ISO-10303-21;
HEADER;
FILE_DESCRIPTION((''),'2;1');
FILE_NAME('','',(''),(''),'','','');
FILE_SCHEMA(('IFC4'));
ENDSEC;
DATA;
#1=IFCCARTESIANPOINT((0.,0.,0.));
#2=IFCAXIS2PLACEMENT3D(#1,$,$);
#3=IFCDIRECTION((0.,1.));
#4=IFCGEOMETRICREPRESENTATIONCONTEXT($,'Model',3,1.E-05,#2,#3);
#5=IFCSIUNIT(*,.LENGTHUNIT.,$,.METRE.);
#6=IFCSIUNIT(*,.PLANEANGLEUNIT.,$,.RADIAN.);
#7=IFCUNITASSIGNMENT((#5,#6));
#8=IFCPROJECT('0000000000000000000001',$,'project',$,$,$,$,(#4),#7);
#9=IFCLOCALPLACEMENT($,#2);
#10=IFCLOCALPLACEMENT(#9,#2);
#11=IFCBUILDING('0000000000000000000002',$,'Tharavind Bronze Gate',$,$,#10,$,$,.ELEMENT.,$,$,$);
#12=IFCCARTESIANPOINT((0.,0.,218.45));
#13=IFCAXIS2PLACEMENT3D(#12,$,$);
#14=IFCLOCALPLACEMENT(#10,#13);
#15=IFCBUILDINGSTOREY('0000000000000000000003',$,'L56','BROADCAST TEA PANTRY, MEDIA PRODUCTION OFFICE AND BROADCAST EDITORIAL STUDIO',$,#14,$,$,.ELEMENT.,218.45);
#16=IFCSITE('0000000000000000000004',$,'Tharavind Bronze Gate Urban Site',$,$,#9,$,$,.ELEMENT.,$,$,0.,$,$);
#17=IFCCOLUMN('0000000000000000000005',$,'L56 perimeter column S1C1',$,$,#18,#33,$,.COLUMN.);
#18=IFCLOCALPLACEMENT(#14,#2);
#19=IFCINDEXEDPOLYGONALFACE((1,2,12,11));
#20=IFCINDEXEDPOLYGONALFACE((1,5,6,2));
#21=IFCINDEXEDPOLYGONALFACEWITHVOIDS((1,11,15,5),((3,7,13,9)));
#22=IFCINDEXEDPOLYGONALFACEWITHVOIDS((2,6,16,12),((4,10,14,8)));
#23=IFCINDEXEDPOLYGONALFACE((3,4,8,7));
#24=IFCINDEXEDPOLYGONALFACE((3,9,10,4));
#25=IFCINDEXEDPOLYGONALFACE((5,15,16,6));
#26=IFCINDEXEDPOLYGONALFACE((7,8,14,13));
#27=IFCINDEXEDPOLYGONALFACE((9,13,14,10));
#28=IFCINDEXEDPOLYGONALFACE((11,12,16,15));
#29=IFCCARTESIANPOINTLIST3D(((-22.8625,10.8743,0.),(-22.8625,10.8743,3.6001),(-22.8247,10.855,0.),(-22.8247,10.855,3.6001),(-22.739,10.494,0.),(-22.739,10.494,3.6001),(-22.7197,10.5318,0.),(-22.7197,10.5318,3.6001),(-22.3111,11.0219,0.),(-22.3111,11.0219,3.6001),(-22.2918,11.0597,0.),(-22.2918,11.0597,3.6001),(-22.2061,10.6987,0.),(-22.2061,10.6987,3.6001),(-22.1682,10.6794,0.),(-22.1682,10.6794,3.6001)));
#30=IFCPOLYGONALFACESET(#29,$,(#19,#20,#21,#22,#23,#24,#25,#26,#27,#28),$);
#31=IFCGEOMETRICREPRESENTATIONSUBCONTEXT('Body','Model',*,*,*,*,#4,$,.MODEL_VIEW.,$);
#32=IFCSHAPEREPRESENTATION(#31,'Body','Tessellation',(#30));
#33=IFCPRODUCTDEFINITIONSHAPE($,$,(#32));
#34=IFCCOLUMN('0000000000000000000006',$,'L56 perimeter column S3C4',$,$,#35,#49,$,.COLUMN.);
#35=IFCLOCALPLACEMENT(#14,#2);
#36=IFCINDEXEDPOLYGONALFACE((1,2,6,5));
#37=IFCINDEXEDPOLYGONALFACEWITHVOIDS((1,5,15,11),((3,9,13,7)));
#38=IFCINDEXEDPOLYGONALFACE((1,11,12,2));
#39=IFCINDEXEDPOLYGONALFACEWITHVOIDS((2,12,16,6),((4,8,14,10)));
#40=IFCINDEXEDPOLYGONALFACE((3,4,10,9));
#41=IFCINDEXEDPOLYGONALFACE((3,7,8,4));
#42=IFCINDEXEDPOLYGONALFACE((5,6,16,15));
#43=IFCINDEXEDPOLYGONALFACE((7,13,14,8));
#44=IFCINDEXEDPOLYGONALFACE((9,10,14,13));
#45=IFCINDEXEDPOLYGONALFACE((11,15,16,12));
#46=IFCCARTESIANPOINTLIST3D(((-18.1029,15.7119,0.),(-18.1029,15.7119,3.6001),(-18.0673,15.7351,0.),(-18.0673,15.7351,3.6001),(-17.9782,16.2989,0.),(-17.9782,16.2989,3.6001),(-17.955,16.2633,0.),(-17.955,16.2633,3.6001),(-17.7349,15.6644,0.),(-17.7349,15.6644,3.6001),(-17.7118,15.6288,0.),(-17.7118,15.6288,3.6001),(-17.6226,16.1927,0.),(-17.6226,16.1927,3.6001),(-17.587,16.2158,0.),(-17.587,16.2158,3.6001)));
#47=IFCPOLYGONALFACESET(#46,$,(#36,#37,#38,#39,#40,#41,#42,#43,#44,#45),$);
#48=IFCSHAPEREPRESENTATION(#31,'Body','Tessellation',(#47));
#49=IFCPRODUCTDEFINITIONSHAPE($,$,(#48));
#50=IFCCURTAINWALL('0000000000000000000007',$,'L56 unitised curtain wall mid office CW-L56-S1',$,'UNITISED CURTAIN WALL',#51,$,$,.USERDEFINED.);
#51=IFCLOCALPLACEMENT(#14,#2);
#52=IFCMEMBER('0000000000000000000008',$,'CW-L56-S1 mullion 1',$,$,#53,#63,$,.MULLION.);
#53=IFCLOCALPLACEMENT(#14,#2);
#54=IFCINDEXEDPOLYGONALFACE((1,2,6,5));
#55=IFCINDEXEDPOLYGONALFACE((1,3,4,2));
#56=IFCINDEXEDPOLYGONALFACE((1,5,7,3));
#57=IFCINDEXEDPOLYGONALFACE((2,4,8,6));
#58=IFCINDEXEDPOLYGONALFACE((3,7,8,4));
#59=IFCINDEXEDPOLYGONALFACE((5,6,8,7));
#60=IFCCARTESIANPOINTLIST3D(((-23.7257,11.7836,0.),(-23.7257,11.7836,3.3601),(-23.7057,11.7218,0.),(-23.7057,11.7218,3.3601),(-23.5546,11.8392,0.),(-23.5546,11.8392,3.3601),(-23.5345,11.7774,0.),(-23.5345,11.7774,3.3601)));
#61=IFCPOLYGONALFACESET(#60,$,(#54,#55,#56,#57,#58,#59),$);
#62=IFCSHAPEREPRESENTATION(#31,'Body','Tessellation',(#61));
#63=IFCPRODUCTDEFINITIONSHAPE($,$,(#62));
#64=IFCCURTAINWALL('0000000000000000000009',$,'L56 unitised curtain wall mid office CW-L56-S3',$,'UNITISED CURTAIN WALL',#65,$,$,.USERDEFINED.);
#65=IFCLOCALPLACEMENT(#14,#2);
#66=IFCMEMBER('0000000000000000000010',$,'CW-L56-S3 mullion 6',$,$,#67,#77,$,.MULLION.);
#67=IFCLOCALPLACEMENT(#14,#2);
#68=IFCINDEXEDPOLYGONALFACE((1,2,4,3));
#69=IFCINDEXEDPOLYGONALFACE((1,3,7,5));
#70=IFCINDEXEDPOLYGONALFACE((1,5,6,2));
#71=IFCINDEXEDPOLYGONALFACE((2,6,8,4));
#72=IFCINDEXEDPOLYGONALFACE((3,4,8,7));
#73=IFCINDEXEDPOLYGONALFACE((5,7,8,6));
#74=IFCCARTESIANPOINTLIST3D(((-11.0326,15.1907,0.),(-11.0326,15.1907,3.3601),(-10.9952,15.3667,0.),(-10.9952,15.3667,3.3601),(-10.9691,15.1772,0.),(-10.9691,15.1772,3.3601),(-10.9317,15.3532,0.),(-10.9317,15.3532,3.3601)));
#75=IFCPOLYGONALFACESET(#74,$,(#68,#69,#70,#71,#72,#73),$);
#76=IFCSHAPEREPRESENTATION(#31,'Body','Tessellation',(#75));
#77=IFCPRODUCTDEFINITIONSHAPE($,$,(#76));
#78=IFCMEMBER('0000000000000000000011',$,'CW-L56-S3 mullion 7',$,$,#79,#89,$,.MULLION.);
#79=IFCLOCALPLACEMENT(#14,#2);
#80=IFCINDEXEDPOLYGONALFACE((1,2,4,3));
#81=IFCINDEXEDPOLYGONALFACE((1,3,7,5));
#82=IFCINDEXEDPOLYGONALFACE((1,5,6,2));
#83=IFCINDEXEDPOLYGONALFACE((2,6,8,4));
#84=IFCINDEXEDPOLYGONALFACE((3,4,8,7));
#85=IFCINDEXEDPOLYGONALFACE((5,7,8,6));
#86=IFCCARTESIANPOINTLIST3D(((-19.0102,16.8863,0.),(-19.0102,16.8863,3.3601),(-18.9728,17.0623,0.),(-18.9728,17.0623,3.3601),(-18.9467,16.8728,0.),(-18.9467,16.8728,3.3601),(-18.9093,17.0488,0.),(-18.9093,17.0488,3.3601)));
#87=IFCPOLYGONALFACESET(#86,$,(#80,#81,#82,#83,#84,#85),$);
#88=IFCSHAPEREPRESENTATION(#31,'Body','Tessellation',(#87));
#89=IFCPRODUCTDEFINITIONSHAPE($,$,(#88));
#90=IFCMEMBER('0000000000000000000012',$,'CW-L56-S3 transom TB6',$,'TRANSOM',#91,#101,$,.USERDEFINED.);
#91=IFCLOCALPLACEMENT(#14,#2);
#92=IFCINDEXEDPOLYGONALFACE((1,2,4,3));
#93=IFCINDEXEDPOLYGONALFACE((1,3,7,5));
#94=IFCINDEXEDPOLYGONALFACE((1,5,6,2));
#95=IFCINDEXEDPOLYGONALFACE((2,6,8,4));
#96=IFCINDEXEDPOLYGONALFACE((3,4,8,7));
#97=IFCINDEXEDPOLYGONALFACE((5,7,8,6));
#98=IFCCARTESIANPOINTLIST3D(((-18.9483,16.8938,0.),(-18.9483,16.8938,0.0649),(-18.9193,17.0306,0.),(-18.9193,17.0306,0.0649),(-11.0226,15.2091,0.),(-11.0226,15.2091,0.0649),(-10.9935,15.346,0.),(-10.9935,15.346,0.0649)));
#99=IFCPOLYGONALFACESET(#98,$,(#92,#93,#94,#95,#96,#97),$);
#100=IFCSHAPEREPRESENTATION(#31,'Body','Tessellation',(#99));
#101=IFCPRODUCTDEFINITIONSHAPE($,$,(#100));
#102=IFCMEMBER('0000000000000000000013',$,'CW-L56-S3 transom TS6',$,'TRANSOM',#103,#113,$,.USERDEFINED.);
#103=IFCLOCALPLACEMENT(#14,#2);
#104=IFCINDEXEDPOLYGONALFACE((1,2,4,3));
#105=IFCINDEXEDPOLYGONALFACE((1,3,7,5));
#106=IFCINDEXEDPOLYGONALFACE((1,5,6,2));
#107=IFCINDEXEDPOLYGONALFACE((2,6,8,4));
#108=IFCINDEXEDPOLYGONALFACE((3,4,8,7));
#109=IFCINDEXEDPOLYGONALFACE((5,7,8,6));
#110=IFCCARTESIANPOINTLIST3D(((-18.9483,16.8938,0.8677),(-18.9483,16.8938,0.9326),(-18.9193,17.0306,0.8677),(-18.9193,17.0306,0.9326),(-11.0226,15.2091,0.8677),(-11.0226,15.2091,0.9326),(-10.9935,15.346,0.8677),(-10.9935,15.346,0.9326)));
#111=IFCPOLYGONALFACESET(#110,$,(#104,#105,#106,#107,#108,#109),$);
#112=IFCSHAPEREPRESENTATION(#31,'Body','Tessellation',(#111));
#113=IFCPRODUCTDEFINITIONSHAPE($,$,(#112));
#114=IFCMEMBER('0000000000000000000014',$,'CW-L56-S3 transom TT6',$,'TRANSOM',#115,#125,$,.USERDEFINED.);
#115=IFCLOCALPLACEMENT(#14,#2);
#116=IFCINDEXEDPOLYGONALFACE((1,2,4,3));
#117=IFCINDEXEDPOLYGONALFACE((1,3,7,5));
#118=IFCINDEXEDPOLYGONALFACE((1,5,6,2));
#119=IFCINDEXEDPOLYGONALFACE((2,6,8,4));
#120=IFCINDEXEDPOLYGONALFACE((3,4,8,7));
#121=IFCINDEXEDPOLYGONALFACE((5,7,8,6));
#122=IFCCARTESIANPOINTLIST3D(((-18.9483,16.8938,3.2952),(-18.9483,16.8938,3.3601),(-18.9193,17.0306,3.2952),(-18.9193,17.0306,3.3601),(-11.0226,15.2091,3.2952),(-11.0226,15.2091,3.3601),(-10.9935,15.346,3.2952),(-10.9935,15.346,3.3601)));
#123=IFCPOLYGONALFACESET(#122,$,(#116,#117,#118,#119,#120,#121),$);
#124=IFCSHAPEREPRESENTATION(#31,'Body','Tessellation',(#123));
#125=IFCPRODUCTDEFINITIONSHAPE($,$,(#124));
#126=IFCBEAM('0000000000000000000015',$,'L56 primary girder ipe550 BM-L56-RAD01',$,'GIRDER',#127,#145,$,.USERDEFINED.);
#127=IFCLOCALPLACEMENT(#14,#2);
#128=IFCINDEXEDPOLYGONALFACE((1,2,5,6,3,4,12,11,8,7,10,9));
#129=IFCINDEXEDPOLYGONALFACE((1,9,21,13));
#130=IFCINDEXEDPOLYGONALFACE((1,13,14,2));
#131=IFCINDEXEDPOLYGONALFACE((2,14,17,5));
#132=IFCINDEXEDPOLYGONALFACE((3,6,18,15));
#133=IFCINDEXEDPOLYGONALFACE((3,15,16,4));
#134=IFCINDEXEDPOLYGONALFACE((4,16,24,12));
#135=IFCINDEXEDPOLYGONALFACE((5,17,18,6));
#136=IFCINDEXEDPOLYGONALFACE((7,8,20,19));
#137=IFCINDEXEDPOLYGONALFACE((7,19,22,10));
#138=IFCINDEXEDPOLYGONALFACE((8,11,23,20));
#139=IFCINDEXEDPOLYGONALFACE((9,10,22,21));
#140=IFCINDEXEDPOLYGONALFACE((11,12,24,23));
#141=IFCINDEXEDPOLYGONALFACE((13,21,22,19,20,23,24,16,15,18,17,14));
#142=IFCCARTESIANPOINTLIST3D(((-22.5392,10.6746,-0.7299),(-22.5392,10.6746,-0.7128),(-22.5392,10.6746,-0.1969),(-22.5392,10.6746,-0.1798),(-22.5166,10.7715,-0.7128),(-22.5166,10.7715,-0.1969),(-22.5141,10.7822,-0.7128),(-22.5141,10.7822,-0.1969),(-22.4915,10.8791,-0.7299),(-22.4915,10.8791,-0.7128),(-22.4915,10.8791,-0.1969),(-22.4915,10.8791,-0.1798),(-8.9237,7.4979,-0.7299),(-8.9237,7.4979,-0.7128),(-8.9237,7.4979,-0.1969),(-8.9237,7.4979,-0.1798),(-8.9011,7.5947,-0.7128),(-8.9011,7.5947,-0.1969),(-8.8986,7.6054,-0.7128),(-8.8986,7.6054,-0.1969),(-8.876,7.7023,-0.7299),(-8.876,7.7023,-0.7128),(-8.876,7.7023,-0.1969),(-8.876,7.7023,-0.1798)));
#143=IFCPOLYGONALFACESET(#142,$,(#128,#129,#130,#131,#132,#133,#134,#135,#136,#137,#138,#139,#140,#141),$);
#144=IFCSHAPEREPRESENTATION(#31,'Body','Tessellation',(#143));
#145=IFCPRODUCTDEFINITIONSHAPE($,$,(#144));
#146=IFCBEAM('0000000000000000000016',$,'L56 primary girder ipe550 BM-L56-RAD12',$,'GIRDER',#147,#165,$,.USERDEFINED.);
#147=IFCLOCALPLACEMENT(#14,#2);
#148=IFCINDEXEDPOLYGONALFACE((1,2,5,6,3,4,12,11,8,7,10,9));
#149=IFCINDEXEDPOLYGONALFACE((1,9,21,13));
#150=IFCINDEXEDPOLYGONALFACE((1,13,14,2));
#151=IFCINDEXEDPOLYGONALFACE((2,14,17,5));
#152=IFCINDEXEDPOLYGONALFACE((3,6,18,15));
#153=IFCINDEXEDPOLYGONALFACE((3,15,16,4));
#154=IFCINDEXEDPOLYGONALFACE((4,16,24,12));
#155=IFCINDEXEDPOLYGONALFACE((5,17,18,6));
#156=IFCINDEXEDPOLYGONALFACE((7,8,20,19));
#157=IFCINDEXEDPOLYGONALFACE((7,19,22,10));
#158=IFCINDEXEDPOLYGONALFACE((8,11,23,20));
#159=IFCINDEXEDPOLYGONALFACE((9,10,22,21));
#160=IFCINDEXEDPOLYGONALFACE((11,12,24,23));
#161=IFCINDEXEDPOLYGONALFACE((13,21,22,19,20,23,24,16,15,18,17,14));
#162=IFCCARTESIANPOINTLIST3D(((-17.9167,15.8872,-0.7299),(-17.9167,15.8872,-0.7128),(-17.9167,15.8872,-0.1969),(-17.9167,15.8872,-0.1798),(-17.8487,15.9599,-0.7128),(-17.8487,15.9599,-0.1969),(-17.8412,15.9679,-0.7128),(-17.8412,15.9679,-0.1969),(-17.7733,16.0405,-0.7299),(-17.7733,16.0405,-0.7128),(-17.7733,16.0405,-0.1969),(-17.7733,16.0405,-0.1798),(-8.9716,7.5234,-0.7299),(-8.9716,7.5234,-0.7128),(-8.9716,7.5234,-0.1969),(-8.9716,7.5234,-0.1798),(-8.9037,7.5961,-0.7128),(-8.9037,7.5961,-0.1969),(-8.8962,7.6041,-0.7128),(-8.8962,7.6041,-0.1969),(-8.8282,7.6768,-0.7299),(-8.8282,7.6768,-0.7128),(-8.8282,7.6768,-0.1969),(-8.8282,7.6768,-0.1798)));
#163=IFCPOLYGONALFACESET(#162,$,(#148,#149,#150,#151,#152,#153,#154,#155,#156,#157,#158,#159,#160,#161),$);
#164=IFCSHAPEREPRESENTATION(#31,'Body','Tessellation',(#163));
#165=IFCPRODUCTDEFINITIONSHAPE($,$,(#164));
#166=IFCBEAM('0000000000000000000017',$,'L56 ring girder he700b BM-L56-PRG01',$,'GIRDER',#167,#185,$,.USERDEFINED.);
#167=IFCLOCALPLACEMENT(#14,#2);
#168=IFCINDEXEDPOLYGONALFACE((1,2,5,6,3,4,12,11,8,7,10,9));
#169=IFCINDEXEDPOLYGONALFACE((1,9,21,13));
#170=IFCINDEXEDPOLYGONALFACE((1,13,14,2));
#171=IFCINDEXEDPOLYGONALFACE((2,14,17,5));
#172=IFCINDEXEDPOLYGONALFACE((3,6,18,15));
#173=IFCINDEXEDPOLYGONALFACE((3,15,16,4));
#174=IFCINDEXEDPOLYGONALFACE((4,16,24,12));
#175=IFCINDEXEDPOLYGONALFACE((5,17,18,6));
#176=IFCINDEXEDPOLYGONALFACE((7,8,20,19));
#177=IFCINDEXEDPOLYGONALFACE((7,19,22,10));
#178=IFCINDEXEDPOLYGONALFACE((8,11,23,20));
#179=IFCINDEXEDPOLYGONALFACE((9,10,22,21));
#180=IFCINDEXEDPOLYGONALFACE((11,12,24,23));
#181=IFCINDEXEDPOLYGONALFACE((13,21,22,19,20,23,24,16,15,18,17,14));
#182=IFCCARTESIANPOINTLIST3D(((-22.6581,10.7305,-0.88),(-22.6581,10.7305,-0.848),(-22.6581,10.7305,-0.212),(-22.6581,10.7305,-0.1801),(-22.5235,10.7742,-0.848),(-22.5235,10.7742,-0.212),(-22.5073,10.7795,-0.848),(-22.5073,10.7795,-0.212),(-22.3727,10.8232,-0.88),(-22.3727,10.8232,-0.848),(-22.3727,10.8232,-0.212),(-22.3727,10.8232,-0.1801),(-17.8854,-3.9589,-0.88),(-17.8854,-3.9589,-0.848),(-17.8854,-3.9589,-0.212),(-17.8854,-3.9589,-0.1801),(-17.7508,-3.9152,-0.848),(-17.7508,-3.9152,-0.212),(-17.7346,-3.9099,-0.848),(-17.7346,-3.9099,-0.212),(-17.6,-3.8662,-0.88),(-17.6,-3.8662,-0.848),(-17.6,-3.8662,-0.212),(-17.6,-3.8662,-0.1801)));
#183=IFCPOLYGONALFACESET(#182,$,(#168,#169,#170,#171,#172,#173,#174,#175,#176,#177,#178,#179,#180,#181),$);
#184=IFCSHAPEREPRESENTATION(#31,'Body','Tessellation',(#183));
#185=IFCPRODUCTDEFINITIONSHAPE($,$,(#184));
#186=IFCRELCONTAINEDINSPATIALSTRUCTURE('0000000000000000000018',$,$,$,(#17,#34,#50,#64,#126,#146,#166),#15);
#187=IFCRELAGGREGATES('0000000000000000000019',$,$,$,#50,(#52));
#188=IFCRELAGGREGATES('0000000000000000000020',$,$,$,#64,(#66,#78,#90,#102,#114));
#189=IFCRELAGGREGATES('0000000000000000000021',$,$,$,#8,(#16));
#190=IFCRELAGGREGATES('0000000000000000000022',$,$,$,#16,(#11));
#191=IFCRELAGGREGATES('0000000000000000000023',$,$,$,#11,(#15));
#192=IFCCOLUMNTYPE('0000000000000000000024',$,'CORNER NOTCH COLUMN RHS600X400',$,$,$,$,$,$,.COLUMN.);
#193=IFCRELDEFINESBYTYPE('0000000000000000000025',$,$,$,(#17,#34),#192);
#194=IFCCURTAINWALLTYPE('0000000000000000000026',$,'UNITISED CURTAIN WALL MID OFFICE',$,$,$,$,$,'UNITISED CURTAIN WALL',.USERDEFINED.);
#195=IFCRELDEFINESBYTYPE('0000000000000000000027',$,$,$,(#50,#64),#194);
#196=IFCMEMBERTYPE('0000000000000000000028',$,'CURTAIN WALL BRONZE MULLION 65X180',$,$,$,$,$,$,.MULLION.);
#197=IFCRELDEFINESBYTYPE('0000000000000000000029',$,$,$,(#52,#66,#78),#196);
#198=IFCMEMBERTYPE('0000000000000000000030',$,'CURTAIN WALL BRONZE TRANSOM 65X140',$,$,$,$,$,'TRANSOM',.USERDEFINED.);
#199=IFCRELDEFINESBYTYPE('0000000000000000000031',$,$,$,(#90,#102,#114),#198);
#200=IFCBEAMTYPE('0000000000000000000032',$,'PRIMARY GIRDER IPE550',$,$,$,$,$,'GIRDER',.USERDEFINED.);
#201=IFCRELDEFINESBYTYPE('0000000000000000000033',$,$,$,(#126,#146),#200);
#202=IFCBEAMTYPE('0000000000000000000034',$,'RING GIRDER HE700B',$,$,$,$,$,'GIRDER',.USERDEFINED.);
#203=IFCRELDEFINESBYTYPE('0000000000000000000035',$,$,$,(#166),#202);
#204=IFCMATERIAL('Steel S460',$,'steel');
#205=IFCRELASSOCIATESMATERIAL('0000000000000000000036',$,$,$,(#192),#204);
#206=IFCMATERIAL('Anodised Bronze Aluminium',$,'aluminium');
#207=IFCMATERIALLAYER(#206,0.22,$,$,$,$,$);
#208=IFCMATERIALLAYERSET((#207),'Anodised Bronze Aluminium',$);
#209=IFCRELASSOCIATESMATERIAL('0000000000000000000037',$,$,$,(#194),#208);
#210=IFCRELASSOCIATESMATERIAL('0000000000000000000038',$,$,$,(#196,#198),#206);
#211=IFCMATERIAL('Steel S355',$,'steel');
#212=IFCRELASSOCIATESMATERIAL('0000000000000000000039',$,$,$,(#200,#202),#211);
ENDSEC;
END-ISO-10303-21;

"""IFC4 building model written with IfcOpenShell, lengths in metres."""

from ifc_helpers import new_model, si_unit, direction, frame, origin, origin_2d, place, context, subcontext, project, spatial, rectangle, hollow_rectangle, i_section, extrude, material, layer, layer_set, material_profile, profile_set, type_object, element, aggregate, save


model = new_model("IFC4")

# Units and contexts
model_context = context("Model", 3, precision=1e-05, world=origin(), true_north=direction((0.0, 1.0)))
body_context = subcontext(model_context, "Body", "Model", "MODEL_VIEW")
ifc_project = project(units=[si_unit("LENGTHUNIT", "METRE"), si_unit("PLANEANGLEUNIT", "RADIAN")], contexts=[model_context])

# Site, building, storey
site_placement = place(None, origin())
site = spatial("IfcSite", under=ifc_project, at=site_placement, Name="Tharavind Bronze Gate Urban Site", CompositionType="ELEMENT", RefElevation=0.0)
building_placement = place(site_placement, origin())
building = spatial("IfcBuilding", under=site, at=building_placement, Name="Tharavind Bronze Gate", CompositionType="ELEMENT")
storey_placement = place(building_placement, frame((0.0, 0.0, 218.45)))
storey = spatial("IfcBuildingStorey", under=building, at=storey_placement, Name="L56", Description="BROADCAST TEA PANTRY, MEDIA PRODUCTION OFFICE AND BROADCAST EDITORIAL STUDIO", CompositionType="ELEMENT", Elevation=218.45)

# Columns
ifc_material_1 = material(Name="Steel S460", Category="steel")
ifc_material_profile_1 = material_profile(ifc_material_1, hollow_rectangle(XDim=0.3999, YDim=0.6001, WallThickness=0.03, at=origin_2d()), Name="RHS600X400X30")
ifc_profile_set_1 = profile_set([ifc_material_profile_1], Name="Steel S460")
column_type = type_object("IfcColumnType", Name="CORNER NOTCH COLUMN RHS600X400", PredefinedType="COLUMN", material=ifc_profile_set_1)
for number, where, z_axis, x_axis, name in (
    (1, (-22.5154, 10.7769, 0.0), (0.0, 0.0, 1.0), (-0.309017, 0.951057, 0.0), "L56 perimeter column S1C1"),
    (2, (-17.845, 15.9639, 0.0), (0.0, 0.0, 1.0), (-0.978148, 0.207912, 0.0), "L56 perimeter column S3C4"),
):
    element("IfcColumn", number, at=place(storey_placement, frame(where, z_axis=z_axis, x_axis=x_axis)), inside=storey, type_object=column_type, Name=name, PredefinedType="COLUMN", context=body_context, shape_type="SweptSolid", body=[
        extrude(hollow_rectangle(XDim=0.3999, YDim=0.6001, WallThickness=0.03, at=origin_2d()), origin(), (0.0, 0.0, 1.0), 3.6001),
    ])

# Curtain wall, member
ifc_material_2 = material(Name="Anodised Bronze Aluminium", Category="aluminium")
ifc_layer_1 = layer(ifc_material_2, 0.22)
ifc_layer_set_1 = layer_set([ifc_layer_1], Name="Anodised Bronze Aluminium")
curtain_wall_type = type_object("IfcCurtainWallType", Name="UNITISED CURTAIN WALL MID OFFICE", ElementType="UNITISED CURTAIN WALL", PredefinedType="USERDEFINED", material=ifc_layer_set_1)
curtain_wall_1_placement = place(storey_placement, origin())
curtain_wall_1 = element("IfcCurtainWall", 3, at=curtain_wall_1_placement, inside=storey, type_object=curtain_wall_type, Name="L56 unitised curtain wall mid office CW-L56-S1", ObjectType="UNITISED CURTAIN WALL", PredefinedType="USERDEFINED")
member_type_1 = type_object("IfcMemberType", Name="CURTAIN WALL BRONZE MULLION 65X180", PredefinedType="MULLION", material=ifc_material_2)
member_1_placement = place(storey_placement, frame((-23.6301, 11.7805, 0.0), z_axis=(0.0, 0.0, 1.0), x_axis=(0.309017, -0.951057, 0.0)))
member_1 = element("IfcMember", 4, at=member_1_placement, type_object=member_type_1, Name="CW-L56-S1 mullion 1", PredefinedType="MULLION", context=body_context, shape_type="SweptSolid", body=[
    extrude(rectangle(XDim=0.0649, YDim=0.1799, at=origin_2d()), origin(), (0.0, 0.0, 1.0), 3.3601),
])
aggregate(curtain_wall_1, [member_1])

# Curtain wall, members
curtain_wall_2_placement = place(storey_placement, origin())
curtain_wall_2 = element("IfcCurtainWall", 5, at=curtain_wall_2_placement, inside=storey, type_object=curtain_wall_type, Name="L56 unitised curtain wall mid office CW-L56-S3", ObjectType="UNITISED CURTAIN WALL", PredefinedType="USERDEFINED")
member_2_placement = place(storey_placement, frame((-10.9822, 15.272, 0.0), z_axis=(0.0, 0.0, 1.0), x_axis=(-0.978148, 0.207912, 0.0)))
member_2 = element("IfcMember", 6, at=member_2_placement, type_object=member_type_1, Name="CW-L56-S3 mullion 6", PredefinedType="MULLION", context=body_context, shape_type="SweptSolid", body=[
    extrude(rectangle(XDim=0.0649, YDim=0.1799, at=origin_2d()), origin(), (0.0, 0.0, 1.0), 3.3601),
])
member_3_placement = place(storey_placement, frame((-18.9597, 16.9675, 0.0), z_axis=(0.0, 0.0, 1.0), x_axis=(-0.978148, 0.207912, 0.0)))
member_3 = element("IfcMember", 7, at=member_3_placement, type_object=member_type_1, Name="CW-L56-S3 mullion 7", PredefinedType="MULLION", context=body_context, shape_type="SweptSolid", body=[
    extrude(rectangle(XDim=0.0649, YDim=0.1799, at=origin_2d()), origin(), (0.0, 0.0, 1.0), 3.3601),
])
member_type_2 = type_object("IfcMemberType", Name="CURTAIN WALL BRONZE TRANSOM 65X140", ElementType="TRANSOM", PredefinedType="USERDEFINED", material=ifc_material_2)
member_4_placement = place(storey_placement, frame((-14.9709, 16.1199, 0.0), z_axis=(0.0, 0.0, 1.0), x_axis=(-0.978148, 0.207912, 0.0)))
member_4 = element("IfcMember", 8, at=member_4_placement, type_object=member_type_2, Name="CW-L56-S3 transom TB6", ObjectType="TRANSOM", PredefinedType="USERDEFINED", context=body_context, shape_type="SweptSolid", body=[
    extrude(rectangle(XDim=8.1028, YDim=0.1399, at=origin_2d()), origin(), (0.0, 0.0, 1.0), 0.0649),
])
member_5_placement = place(storey_placement, frame((-14.9709, 16.1199, 0.8677), z_axis=(0.0, 0.0, 1.0), x_axis=(-0.978148, 0.207912, 0.0)))
member_5 = element("IfcMember", 9, at=member_5_placement, type_object=member_type_2, Name="CW-L56-S3 transom TS6", ObjectType="TRANSOM", PredefinedType="USERDEFINED", context=body_context, shape_type="SweptSolid", body=[
    extrude(rectangle(XDim=8.1028, YDim=0.1399, at=origin_2d()), origin(), (0.0, 0.0, 1.0), 0.0649),
])
member_6_placement = place(storey_placement, frame((-14.9709, 16.1199, 3.2952), z_axis=(0.0, 0.0, 1.0), x_axis=(-0.978148, 0.207912, 0.0)))
member_6 = element("IfcMember", 10, at=member_6_placement, type_object=member_type_2, Name="CW-L56-S3 transom TT6", ObjectType="TRANSOM", PredefinedType="USERDEFINED", context=body_context, shape_type="SweptSolid", body=[
    extrude(rectangle(XDim=8.1028, YDim=0.1399, at=origin_2d()), origin(), (0.0, 0.0, 1.0), 0.0649),
])

# Beams
ifc_material_3 = material(Name="Steel S355", Category="steel")
ifc_material_profile_2 = material_profile(ifc_material_3, i_section(OverallWidth=0.21, OverallDepth=0.55, WebThickness=0.011, FlangeThickness=0.0171, at=origin_2d()), Name="IPE550")
ifc_profile_set_2 = profile_set([ifc_material_profile_2], Name="Steel S355")
beam_type_1 = type_object("IfcBeamType", Name="PRIMARY GIRDER IPE550", ElementType="GIRDER", PredefinedType="USERDEFINED", material=ifc_profile_set_2)
beam_1_placement = place(storey_placement, frame((-22.5154, 10.7769, -0.4548), z_axis=(0.973844, -0.227217, 0.0), x_axis=(0.227217, 0.973844, 0.0)))
element("IfcBeam", 11, at=beam_1_placement, inside=storey, type_object=beam_type_1, Name="L56 primary girder ipe550 BM-L56-RAD01", ObjectType="GIRDER", PredefinedType="USERDEFINED", context=body_context, shape_type="SweptSolid", body=[
    extrude(i_section(OverallWidth=0.21, OverallDepth=0.55, WebThickness=0.011, FlangeThickness=0.0171, at=origin_2d()), origin(), (0.0, 0.0, 1.0), 13.9812),
])
beam_2_placement = place(storey_placement, frame((-17.845, 15.9639, -0.4548), z_axis=(0.730442, -0.682974, 0.0), x_axis=(0.682974, 0.730442, 0.0)))
element("IfcBeam", 12, at=beam_2_placement, inside=storey, type_object=beam_type_1, Name="L56 primary girder ipe550 BM-L56-RAD12", ObjectType="GIRDER", PredefinedType="USERDEFINED", context=body_context, shape_type="SweptSolid", body=[
    extrude(i_section(OverallWidth=0.21, OverallDepth=0.55, WebThickness=0.011, FlangeThickness=0.0171, at=origin_2d()), origin(), (0.0, 0.0, 1.0), 12.2461),
])
ifc_material_profile_3 = material_profile(ifc_material_3, i_section(OverallWidth=0.3, OverallDepth=0.7, WebThickness=0.0171, FlangeThickness=0.032, at=origin_2d()), Name="HE700B")
ifc_profile_set_3 = profile_set([ifc_material_profile_3], Name="Steel S355")
beam_type_2 = type_object("IfcBeamType", Name="RING GIRDER HE700B", ElementType="GIRDER", PredefinedType="USERDEFINED", material=ifc_profile_set_3)
beam_3_placement = place(storey_placement, frame((-22.5154, 10.7769, -0.53), z_axis=(0.309006, -0.95106, 0.0), x_axis=(0.95106, 0.309006, 0.0)))
element("IfcBeam", 13, at=beam_3_placement, inside=storey, type_object=beam_type_2, Name="L56 ring girder he700b BM-L56-PRG01", ObjectType="GIRDER", PredefinedType="USERDEFINED", context=body_context, shape_type="SweptSolid", body=[
    extrude(i_section(OverallWidth=0.3, OverallDepth=0.7, WebThickness=0.0171, FlangeThickness=0.032, at=origin_2d()), origin(), (0.0, 0.0, 1.0), 15.4453),
])

aggregate(curtain_wall_2, [member_2, member_3, member_4, member_5, member_6])

save(model, "model.ifc")
